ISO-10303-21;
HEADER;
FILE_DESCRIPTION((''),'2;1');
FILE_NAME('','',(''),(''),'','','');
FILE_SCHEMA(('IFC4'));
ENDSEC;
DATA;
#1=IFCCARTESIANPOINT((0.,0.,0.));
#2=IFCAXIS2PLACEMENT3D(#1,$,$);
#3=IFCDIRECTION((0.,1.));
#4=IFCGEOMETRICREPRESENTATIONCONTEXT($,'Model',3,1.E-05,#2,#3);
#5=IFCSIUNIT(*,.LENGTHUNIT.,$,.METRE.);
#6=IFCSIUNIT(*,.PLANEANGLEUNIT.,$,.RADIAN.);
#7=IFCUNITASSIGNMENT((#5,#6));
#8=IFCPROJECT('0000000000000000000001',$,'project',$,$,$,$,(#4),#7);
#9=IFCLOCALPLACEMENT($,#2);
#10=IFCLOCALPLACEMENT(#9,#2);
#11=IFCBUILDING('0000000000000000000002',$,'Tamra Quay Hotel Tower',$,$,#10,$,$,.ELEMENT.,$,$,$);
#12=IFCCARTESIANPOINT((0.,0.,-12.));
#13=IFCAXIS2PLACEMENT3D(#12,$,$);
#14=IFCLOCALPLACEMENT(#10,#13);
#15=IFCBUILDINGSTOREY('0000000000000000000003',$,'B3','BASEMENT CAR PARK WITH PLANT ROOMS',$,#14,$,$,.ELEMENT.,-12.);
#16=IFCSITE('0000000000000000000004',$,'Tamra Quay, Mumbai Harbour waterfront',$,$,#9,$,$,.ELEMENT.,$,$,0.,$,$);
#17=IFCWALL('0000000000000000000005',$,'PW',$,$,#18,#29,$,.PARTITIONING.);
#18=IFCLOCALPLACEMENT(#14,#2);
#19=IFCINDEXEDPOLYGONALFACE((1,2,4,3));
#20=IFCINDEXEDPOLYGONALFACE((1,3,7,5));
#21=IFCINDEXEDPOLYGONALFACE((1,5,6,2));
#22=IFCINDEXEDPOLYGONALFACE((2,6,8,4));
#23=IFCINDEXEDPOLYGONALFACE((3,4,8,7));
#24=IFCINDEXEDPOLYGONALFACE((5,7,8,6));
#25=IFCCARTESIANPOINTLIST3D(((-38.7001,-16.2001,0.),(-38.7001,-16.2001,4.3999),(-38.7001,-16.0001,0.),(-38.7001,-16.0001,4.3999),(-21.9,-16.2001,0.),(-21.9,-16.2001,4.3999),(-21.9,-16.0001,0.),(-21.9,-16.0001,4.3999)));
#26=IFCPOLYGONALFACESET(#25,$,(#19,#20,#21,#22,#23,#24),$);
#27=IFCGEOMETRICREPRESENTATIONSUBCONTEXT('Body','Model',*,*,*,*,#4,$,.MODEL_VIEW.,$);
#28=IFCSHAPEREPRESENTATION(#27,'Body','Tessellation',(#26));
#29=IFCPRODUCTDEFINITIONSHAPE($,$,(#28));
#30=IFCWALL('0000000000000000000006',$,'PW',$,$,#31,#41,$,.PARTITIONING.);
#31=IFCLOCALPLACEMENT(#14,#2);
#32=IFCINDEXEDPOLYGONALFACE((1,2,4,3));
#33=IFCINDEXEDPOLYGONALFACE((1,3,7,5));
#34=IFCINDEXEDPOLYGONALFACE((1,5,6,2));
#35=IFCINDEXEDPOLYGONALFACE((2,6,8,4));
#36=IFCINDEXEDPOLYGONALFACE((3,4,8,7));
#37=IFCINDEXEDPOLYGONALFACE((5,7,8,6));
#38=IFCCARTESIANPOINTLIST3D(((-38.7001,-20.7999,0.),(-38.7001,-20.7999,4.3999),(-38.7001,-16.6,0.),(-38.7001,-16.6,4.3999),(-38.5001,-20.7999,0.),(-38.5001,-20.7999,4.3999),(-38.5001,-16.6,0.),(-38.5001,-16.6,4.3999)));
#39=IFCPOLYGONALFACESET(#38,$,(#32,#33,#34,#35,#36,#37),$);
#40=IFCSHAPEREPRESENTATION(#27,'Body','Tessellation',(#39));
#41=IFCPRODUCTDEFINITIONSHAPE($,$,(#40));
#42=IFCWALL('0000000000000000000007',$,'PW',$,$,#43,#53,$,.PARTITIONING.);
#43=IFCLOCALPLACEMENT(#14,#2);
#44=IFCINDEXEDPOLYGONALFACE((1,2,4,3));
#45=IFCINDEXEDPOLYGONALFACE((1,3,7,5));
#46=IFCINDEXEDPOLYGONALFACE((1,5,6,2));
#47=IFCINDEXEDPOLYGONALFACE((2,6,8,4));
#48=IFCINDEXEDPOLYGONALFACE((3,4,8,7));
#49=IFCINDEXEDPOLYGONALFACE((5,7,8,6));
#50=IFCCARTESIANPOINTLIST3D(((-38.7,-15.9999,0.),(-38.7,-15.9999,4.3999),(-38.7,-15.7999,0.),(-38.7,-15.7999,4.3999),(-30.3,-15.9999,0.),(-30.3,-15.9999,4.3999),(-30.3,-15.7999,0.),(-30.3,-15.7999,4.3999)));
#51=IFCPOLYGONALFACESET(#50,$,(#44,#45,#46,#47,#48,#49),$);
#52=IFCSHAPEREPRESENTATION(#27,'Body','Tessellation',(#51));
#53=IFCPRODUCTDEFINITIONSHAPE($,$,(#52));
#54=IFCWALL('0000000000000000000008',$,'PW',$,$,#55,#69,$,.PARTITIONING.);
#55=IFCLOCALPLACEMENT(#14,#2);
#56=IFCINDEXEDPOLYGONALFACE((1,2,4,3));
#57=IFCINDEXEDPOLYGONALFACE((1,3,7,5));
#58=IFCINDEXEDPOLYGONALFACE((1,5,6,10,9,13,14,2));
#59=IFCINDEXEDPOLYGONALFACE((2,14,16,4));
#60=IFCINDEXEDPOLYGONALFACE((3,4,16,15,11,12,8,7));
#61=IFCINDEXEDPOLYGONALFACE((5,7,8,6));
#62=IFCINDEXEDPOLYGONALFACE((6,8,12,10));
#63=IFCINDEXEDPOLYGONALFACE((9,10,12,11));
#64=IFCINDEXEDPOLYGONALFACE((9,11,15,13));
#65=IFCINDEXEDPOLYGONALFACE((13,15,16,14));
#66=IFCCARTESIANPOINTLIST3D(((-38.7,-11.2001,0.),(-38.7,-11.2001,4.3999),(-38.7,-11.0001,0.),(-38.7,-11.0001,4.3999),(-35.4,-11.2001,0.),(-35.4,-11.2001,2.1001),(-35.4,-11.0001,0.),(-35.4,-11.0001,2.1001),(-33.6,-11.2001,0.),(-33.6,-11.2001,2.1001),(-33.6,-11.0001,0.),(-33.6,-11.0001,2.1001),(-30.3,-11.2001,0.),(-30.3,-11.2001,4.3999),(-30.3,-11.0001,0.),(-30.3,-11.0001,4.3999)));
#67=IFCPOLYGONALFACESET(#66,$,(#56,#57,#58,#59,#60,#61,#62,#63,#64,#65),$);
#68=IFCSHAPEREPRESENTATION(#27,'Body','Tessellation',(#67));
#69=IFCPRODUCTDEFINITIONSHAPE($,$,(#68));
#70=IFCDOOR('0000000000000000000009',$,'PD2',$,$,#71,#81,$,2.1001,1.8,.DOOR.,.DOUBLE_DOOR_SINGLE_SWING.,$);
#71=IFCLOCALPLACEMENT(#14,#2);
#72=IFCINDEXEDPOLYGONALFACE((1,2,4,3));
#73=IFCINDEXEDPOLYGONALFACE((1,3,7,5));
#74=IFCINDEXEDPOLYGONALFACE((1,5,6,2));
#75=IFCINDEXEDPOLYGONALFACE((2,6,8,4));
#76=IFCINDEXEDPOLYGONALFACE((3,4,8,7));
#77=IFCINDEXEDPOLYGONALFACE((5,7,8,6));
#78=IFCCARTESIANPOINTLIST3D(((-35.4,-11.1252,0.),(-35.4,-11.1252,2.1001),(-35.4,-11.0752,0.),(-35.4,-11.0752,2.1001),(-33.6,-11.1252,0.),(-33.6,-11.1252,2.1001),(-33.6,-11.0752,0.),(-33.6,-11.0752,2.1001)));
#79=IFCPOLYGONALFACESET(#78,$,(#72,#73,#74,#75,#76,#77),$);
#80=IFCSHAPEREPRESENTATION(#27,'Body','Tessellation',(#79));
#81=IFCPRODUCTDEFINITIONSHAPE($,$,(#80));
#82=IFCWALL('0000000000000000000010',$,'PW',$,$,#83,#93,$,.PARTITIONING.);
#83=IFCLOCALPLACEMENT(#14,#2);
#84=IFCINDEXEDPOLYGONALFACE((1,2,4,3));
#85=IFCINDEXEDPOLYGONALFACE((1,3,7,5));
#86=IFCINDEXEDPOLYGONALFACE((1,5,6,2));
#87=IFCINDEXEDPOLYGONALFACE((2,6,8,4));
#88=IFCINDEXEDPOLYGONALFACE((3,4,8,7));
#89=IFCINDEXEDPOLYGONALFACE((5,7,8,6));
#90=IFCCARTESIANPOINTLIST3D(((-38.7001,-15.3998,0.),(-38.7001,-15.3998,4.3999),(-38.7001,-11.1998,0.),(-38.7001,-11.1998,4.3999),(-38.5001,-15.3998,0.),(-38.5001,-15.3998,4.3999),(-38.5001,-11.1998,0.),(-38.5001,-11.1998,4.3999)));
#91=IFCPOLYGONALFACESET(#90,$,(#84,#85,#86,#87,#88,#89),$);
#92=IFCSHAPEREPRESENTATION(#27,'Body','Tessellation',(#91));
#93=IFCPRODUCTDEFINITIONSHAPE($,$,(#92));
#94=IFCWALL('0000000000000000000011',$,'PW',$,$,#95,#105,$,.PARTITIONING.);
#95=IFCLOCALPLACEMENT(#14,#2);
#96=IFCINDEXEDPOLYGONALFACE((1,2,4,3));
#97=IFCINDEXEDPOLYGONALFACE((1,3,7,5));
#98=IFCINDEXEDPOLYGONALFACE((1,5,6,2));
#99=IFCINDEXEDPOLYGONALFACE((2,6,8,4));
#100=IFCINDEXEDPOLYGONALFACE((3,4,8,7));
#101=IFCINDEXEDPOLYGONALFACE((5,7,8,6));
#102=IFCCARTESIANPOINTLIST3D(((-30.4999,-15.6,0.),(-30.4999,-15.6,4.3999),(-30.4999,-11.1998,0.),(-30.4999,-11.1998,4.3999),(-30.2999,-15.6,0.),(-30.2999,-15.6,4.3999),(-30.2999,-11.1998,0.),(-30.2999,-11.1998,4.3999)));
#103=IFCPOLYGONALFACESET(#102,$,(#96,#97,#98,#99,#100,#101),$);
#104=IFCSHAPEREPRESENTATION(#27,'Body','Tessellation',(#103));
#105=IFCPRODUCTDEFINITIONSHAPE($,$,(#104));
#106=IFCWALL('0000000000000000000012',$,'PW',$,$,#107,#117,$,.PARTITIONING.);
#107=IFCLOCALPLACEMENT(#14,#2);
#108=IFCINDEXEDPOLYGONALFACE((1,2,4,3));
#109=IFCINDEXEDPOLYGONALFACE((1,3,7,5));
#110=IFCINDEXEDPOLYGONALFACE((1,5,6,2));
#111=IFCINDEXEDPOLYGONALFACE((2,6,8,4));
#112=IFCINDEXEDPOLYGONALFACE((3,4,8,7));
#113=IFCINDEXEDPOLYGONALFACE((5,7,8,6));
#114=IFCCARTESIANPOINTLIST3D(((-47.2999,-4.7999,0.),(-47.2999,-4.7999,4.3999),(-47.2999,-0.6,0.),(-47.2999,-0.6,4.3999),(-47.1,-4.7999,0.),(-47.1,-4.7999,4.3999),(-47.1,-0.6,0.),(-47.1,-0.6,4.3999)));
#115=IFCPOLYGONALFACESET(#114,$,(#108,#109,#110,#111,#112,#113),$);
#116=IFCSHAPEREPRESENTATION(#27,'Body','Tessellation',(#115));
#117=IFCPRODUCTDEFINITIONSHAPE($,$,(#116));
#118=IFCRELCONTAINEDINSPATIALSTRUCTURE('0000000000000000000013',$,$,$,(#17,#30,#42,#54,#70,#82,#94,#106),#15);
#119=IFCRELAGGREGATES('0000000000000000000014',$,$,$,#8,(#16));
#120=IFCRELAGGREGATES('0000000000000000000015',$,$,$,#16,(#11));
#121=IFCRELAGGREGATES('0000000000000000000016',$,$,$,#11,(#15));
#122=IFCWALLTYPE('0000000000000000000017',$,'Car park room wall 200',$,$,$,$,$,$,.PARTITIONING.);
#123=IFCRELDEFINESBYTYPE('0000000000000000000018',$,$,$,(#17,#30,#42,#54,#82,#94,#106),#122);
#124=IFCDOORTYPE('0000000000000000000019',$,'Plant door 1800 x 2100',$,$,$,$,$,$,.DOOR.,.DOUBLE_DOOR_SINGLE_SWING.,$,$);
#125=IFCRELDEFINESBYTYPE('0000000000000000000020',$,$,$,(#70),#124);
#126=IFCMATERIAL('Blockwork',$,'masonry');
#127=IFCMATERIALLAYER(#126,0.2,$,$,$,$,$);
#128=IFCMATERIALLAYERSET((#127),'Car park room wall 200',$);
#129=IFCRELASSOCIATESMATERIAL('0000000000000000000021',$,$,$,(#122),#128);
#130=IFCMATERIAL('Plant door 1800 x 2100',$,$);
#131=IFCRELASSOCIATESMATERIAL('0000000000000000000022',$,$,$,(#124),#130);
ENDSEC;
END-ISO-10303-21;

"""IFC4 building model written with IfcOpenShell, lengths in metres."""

from ifc_helpers import new_model, si_unit, direction, frame, frame_2d, origin, place, context, subcontext, project, spatial, rectangle, extrude, material, layer, layer_set, type_object, element, fill, save


model = new_model("IFC4")

# Units and contexts
model_context = context("Model", 3, precision=1e-05, world=origin(), true_north=direction((0.0, 1.0)))
body_context = subcontext(model_context, "Body", "Model", "MODEL_VIEW")
ifc_project = project(units=[si_unit("LENGTHUNIT", "METRE"), si_unit("PLANEANGLEUNIT", "RADIAN")], contexts=[model_context])

# Site, building, storey
site_placement = place(None, origin())
site = spatial("IfcSite", under=ifc_project, at=site_placement, Name="Tamra Quay, Mumbai Harbour waterfront", CompositionType="ELEMENT", RefElevation=0.0)
building_placement = place(site_placement, origin())
building = spatial("IfcBuilding", under=site, at=building_placement, Name="Tamra Quay Hotel Tower", CompositionType="ELEMENT")
storey_placement = place(building_placement, frame((0.0, 0.0, -12.0)))
storey = spatial("IfcBuildingStorey", under=building, at=storey_placement, Name="B3", Description="BASEMENT CAR PARK WITH PLANT ROOMS", CompositionType="ELEMENT", Elevation=-12.0)

# Walls
ifc_material_1 = material(Name="Blockwork", Category="masonry")
ifc_layer = layer(ifc_material_1, 0.2)
ifc_layer_set = layer_set([ifc_layer], Name="Car park room wall 200")
wall_type = type_object("IfcWallType", Name="Car park room wall 200", PredefinedType="PARTITIONING", material=ifc_layer_set)
wall_1_placement = place(storey_placement, frame((-38.7, -16.1001, 0.0), z_axis=(0.0, 0.0, 1.0), x_axis=(1.0, 0.0, 0.0)))
element("IfcWall", 1, at=wall_1_placement, inside=storey, type_object=wall_type, Name="PW", PredefinedType="PARTITIONING", context=body_context, shape_type="SweptSolid", body=[
    extrude(rectangle(XDim=16.8, YDim=0.2, at=frame_2d((8.3999, 0.0))), origin(), (0.0, 0.0, 1.0), 4.3999),
])
wall_2_placement = place(storey_placement, frame((-38.6001, -20.8, 0.0), z_axis=(0.0, 0.0, 1.0), x_axis=(0.0, 1.0, 0.0)))
element("IfcWall", 2, at=wall_2_placement, inside=storey, type_object=wall_type, Name="PW", PredefinedType="PARTITIONING", context=body_context, shape_type="SweptSolid", body=[
    extrude(rectangle(XDim=4.2, YDim=0.2, at=frame_2d((2.1001, 0.0))), origin(), (0.0, 0.0, 1.0), 4.3999),
])
wall_3_placement = place(storey_placement, frame((-38.7, -15.8999, 0.0), z_axis=(0.0, 0.0, 1.0), x_axis=(1.0, 0.0, 0.0)))
element("IfcWall", 3, at=wall_3_placement, inside=storey, type_object=wall_type, Name="PW", PredefinedType="PARTITIONING", context=body_context, shape_type="SweptSolid", body=[
    extrude(rectangle(XDim=8.3999, YDim=0.2, at=frame_2d((4.2, 0.0))), origin(), (0.0, 0.0, 1.0), 4.3999),
])

# Wall, opening, door
wall_4_placement = place(storey_placement, frame((-38.7, -11.1001, 0.0), z_axis=(0.0, 0.0, 1.0), x_axis=(1.0, 0.0, 0.0)))
wall_4 = element("IfcWall", 4, at=wall_4_placement, inside=storey, type_object=wall_type, Name="PW", PredefinedType="PARTITIONING", context=body_context, shape_type="SweptSolid", body=[
    extrude(rectangle(XDim=8.3999, YDim=0.2, at=frame_2d((4.2, 0.0))), origin(), (0.0, 0.0, 1.0), 4.3999),
])
opening_placement = place(wall_4_placement, frame((3.3, 0.0, 0.0)))
opening = element("IfcOpeningElement", 5, at=opening_placement, cuts=wall_4, PredefinedType="OPENING", context=body_context, shape_type="SweptSolid", body=[
    extrude(rectangle(XDim=1.8, YDim=2.1001, at=frame_2d((0.8999, 1.05))), frame((0.0, 0.1099, 0.0), z_axis=(0.0, -1.0, 0.0), x_axis=(1.0, 0.0, 0.0)), (0.0, 0.0, 1.0), 0.22),
])
ifc_material_2 = material(Name="Plant door 1800 x 2100")
door_type = type_object("IfcDoorType", Name="Plant door 1800 x 2100", OperationType="DOUBLE_DOOR_SINGLE_SWING", PredefinedType="DOOR", material=ifc_material_2)
door_placement = place(opening_placement, origin())
door = element("IfcDoor", 6, at=door_placement, inside=storey, type_object=door_type, Name="PD2", OperationType="DOUBLE_DOOR_SINGLE_SWING", OverallHeight=2.1001, OverallWidth=1.8, PredefinedType="DOOR", context=body_context, shape_type="SweptSolid", body=[
    extrude(rectangle(XDim=1.8, YDim=2.1001, at=frame_2d((0.8999, 1.05))), frame((0.0, 0.0249, 0.0), z_axis=(0.0, -1.0, 0.0), x_axis=(1.0, 0.0, 0.0)), (0.0, 0.0, 1.0), 0.05),
])
fill(opening, door)

# Walls
wall_5_placement = place(storey_placement, frame((-38.6001, -15.3999, 0.0), z_axis=(0.0, 0.0, 1.0), x_axis=(0.0, 1.0, 0.0)))
element("IfcWall", 7, at=wall_5_placement, inside=storey, type_object=wall_type, Name="PW", PredefinedType="PARTITIONING", context=body_context, shape_type="SweptSolid", body=[
    extrude(rectangle(XDim=4.2, YDim=0.2, at=frame_2d((2.1001, 0.0))), origin(), (0.0, 0.0, 1.0), 4.3999),
])
wall_6_placement = place(storey_placement, frame((-30.3999, -15.6001, 0.0), z_axis=(0.0, 0.0, 1.0), x_axis=(0.0, 1.0, 0.0)))
element("IfcWall", 8, at=wall_6_placement, inside=storey, type_object=wall_type, Name="PW", PredefinedType="PARTITIONING", context=body_context, shape_type="SweptSolid", body=[
    extrude(rectangle(XDim=4.4001, YDim=0.2, at=frame_2d((2.2002, 0.0))), origin(), (0.0, 0.0, 1.0), 4.3999),
])
wall_7_placement = place(storey_placement, frame((-47.2, -4.8, 0.0), z_axis=(0.0, 0.0, 1.0), x_axis=(0.0, 1.0, 0.0)))
element("IfcWall", 9, at=wall_7_placement, inside=storey, type_object=wall_type, Name="PW", PredefinedType="PARTITIONING", context=body_context, shape_type="SweptSolid", body=[
    extrude(rectangle(XDim=4.2, YDim=0.2, at=frame_2d((2.1001, 0.0))), origin(), (0.0, 0.0, 1.0), 4.3999),
])

save(model, "model.ifc")
